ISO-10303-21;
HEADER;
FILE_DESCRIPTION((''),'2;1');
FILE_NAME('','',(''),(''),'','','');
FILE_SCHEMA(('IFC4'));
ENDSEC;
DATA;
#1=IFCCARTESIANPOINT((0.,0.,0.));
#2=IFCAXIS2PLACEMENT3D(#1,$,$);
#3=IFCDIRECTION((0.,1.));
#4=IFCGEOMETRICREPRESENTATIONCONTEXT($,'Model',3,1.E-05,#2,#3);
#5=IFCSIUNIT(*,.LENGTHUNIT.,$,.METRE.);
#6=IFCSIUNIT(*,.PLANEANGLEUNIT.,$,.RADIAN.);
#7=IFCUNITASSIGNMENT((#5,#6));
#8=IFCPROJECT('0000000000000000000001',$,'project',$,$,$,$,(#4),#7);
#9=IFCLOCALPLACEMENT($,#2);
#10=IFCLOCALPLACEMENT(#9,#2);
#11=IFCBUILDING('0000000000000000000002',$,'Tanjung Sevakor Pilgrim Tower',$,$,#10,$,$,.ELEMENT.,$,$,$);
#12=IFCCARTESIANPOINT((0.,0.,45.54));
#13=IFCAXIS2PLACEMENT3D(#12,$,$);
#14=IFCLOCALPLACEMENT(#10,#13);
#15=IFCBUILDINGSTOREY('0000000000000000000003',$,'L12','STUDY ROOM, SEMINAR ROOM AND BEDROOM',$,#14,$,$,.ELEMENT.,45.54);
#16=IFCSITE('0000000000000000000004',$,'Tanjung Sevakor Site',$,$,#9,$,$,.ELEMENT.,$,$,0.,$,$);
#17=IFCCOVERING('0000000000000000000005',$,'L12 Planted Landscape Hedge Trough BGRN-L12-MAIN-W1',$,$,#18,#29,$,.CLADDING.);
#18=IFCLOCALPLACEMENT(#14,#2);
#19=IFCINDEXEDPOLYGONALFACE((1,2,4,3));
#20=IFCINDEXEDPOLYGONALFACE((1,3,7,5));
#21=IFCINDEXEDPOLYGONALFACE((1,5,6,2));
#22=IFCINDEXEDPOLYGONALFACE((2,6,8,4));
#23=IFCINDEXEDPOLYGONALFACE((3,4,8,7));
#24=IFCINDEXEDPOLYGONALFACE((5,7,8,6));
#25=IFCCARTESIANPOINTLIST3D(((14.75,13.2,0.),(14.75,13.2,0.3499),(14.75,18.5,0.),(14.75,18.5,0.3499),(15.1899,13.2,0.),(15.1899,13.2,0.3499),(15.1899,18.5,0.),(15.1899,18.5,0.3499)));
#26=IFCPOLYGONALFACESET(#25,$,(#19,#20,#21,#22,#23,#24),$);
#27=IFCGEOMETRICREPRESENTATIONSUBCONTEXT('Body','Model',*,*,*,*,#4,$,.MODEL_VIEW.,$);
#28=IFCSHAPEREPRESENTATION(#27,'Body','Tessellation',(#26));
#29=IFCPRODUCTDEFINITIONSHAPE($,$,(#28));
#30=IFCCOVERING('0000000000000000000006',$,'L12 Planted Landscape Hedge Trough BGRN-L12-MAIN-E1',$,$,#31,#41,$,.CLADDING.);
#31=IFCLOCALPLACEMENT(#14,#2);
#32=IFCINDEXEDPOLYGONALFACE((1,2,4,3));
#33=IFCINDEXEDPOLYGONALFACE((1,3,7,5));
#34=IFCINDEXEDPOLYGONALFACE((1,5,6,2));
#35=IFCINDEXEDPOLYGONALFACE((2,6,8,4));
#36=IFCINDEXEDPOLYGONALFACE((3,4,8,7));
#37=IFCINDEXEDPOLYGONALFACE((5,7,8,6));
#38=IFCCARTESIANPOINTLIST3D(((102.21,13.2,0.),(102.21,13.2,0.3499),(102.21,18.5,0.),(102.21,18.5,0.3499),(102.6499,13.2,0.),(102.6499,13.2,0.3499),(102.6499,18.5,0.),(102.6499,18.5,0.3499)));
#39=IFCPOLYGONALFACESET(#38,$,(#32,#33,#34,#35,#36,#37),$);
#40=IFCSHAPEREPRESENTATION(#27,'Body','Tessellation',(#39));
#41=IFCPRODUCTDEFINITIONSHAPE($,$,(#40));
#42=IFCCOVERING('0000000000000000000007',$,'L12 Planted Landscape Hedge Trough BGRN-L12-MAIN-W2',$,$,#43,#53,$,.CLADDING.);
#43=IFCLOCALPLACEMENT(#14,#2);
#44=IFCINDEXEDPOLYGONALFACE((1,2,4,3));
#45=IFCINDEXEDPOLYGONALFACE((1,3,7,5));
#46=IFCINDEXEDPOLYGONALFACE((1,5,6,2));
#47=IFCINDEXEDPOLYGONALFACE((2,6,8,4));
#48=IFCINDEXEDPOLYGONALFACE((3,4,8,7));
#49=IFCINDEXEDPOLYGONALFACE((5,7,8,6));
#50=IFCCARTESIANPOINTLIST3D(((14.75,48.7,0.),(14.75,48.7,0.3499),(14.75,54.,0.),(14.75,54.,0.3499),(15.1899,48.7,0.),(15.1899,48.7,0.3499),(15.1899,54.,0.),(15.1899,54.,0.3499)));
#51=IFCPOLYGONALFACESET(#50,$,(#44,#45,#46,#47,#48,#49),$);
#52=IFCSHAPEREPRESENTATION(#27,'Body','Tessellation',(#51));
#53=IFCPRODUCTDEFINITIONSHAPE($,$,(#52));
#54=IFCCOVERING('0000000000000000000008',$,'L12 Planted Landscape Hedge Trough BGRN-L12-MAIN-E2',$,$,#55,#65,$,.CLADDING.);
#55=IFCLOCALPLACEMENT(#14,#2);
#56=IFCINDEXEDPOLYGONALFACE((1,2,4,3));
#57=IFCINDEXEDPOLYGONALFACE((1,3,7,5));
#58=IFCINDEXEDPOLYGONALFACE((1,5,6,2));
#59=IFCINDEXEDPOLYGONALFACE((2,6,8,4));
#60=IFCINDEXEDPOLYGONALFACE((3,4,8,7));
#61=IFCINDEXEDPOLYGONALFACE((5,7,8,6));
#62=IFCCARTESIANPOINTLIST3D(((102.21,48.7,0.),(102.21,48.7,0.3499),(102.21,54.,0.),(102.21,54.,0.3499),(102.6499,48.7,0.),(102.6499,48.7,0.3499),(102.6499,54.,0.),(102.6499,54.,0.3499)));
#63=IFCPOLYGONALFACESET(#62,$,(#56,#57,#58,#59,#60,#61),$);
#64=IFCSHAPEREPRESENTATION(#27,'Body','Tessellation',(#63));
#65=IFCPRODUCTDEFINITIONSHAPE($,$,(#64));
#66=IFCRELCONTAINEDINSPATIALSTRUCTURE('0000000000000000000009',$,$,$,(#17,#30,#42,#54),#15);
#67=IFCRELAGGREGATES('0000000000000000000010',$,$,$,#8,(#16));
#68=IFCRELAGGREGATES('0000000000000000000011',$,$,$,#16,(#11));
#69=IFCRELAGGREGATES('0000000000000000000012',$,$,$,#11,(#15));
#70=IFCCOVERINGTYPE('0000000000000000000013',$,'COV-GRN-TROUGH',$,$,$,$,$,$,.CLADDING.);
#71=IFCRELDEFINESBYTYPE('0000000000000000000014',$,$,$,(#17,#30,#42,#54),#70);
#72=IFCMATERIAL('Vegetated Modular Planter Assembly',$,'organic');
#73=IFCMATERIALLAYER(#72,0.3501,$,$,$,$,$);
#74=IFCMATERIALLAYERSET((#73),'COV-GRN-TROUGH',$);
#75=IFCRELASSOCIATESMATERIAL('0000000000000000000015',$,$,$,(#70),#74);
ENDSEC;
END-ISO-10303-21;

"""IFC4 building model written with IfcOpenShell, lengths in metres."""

from ifc_helpers import new_model, si_unit, direction, frame, origin, place, context, subcontext, project, spatial, polyline, outline, extrude, material, layer, layer_set, type_object, element, save


model = new_model("IFC4")

# Units and contexts
model_context = context("Model", 3, precision=1e-05, world=origin(), true_north=direction((0.0, 1.0)))
body_context = subcontext(model_context, "Body", "Model", "MODEL_VIEW")
ifc_project = project(units=[si_unit("LENGTHUNIT", "METRE"), si_unit("PLANEANGLEUNIT", "RADIAN")], contexts=[model_context])

# Site, building, storey
site_placement = place(None, origin())
site = spatial("IfcSite", under=ifc_project, at=site_placement, Name="Tanjung Sevakor Site", CompositionType="ELEMENT", RefElevation=0.0)
building_placement = place(site_placement, origin())
building = spatial("IfcBuilding", under=site, at=building_placement, Name="Tanjung Sevakor Pilgrim Tower", CompositionType="ELEMENT")
storey_placement = place(building_placement, frame((0.0, 0.0, 45.54)))
storey = spatial("IfcBuildingStorey", under=building, at=storey_placement, Name="L12", Description="STUDY ROOM, SEMINAR ROOM AND BEDROOM", CompositionType="ELEMENT", Elevation=45.54)

# Coverings
ifc_material_1 = material(Name="Vegetated Modular Planter Assembly", Category="organic")
ifc_layer_1 = layer(ifc_material_1, 0.3501)
ifc_layer_set_1 = layer_set([ifc_layer_1], Name="COV-GRN-TROUGH")
covering_type = type_object("IfcCoveringType", Name="COV-GRN-TROUGH", PredefinedType="CLADDING", material=ifc_layer_set_1)
covering_1_placement = place(storey_placement, origin())
element("IfcCovering", 1, at=covering_1_placement, inside=storey, type_object=covering_type, Name="L12 Planted Landscape Hedge Trough BGRN-L12-MAIN-W1", PredefinedType="CLADDING", context=body_context, shape_type="SweptSolid", body=[
    extrude(outline(polyline([(15.1899, 13.2), (15.1899, 18.5), (14.75, 18.5), (14.75, 13.2), (15.1899, 13.2)])), origin(), (0.0, 0.0, 1.0), 0.3499),
])
covering_2_placement = place(storey_placement, origin())
element("IfcCovering", 2, at=covering_2_placement, inside=storey, type_object=covering_type, Name="L12 Planted Landscape Hedge Trough BGRN-L12-MAIN-E1", PredefinedType="CLADDING", context=body_context, shape_type="SweptSolid", body=[
    extrude(outline(polyline([(102.6499, 13.2), (102.6499, 18.5), (102.21, 18.5), (102.21, 13.2), (102.6499, 13.2)])), origin(), (0.0, 0.0, 1.0), 0.3499),
])
covering_3_placement = place(storey_placement, origin())
element("IfcCovering", 3, at=covering_3_placement, inside=storey, type_object=covering_type, Name="L12 Planted Landscape Hedge Trough BGRN-L12-MAIN-W2", PredefinedType="CLADDING", context=body_context, shape_type="SweptSolid", body=[
    extrude(outline(polyline([(15.1899, 48.7), (15.1899, 54.0), (14.75, 54.0), (14.75, 48.7), (15.1899, 48.7)])), origin(), (0.0, 0.0, 1.0), 0.3499),
])
covering_4_placement = place(storey_placement, origin())
element("IfcCovering", 4, at=covering_4_placement, inside=storey, type_object=covering_type, Name="L12 Planted Landscape Hedge Trough BGRN-L12-MAIN-E2", PredefinedType="CLADDING", context=body_context, shape_type="SweptSolid", body=[
    extrude(outline(polyline([(102.6499, 48.7), (102.6499, 54.0), (102.21, 54.0), (102.21, 48.7), (102.6499, 48.7)])), origin(), (0.0, 0.0, 1.0), 0.3499),
])

save(model, "model.ifc")
